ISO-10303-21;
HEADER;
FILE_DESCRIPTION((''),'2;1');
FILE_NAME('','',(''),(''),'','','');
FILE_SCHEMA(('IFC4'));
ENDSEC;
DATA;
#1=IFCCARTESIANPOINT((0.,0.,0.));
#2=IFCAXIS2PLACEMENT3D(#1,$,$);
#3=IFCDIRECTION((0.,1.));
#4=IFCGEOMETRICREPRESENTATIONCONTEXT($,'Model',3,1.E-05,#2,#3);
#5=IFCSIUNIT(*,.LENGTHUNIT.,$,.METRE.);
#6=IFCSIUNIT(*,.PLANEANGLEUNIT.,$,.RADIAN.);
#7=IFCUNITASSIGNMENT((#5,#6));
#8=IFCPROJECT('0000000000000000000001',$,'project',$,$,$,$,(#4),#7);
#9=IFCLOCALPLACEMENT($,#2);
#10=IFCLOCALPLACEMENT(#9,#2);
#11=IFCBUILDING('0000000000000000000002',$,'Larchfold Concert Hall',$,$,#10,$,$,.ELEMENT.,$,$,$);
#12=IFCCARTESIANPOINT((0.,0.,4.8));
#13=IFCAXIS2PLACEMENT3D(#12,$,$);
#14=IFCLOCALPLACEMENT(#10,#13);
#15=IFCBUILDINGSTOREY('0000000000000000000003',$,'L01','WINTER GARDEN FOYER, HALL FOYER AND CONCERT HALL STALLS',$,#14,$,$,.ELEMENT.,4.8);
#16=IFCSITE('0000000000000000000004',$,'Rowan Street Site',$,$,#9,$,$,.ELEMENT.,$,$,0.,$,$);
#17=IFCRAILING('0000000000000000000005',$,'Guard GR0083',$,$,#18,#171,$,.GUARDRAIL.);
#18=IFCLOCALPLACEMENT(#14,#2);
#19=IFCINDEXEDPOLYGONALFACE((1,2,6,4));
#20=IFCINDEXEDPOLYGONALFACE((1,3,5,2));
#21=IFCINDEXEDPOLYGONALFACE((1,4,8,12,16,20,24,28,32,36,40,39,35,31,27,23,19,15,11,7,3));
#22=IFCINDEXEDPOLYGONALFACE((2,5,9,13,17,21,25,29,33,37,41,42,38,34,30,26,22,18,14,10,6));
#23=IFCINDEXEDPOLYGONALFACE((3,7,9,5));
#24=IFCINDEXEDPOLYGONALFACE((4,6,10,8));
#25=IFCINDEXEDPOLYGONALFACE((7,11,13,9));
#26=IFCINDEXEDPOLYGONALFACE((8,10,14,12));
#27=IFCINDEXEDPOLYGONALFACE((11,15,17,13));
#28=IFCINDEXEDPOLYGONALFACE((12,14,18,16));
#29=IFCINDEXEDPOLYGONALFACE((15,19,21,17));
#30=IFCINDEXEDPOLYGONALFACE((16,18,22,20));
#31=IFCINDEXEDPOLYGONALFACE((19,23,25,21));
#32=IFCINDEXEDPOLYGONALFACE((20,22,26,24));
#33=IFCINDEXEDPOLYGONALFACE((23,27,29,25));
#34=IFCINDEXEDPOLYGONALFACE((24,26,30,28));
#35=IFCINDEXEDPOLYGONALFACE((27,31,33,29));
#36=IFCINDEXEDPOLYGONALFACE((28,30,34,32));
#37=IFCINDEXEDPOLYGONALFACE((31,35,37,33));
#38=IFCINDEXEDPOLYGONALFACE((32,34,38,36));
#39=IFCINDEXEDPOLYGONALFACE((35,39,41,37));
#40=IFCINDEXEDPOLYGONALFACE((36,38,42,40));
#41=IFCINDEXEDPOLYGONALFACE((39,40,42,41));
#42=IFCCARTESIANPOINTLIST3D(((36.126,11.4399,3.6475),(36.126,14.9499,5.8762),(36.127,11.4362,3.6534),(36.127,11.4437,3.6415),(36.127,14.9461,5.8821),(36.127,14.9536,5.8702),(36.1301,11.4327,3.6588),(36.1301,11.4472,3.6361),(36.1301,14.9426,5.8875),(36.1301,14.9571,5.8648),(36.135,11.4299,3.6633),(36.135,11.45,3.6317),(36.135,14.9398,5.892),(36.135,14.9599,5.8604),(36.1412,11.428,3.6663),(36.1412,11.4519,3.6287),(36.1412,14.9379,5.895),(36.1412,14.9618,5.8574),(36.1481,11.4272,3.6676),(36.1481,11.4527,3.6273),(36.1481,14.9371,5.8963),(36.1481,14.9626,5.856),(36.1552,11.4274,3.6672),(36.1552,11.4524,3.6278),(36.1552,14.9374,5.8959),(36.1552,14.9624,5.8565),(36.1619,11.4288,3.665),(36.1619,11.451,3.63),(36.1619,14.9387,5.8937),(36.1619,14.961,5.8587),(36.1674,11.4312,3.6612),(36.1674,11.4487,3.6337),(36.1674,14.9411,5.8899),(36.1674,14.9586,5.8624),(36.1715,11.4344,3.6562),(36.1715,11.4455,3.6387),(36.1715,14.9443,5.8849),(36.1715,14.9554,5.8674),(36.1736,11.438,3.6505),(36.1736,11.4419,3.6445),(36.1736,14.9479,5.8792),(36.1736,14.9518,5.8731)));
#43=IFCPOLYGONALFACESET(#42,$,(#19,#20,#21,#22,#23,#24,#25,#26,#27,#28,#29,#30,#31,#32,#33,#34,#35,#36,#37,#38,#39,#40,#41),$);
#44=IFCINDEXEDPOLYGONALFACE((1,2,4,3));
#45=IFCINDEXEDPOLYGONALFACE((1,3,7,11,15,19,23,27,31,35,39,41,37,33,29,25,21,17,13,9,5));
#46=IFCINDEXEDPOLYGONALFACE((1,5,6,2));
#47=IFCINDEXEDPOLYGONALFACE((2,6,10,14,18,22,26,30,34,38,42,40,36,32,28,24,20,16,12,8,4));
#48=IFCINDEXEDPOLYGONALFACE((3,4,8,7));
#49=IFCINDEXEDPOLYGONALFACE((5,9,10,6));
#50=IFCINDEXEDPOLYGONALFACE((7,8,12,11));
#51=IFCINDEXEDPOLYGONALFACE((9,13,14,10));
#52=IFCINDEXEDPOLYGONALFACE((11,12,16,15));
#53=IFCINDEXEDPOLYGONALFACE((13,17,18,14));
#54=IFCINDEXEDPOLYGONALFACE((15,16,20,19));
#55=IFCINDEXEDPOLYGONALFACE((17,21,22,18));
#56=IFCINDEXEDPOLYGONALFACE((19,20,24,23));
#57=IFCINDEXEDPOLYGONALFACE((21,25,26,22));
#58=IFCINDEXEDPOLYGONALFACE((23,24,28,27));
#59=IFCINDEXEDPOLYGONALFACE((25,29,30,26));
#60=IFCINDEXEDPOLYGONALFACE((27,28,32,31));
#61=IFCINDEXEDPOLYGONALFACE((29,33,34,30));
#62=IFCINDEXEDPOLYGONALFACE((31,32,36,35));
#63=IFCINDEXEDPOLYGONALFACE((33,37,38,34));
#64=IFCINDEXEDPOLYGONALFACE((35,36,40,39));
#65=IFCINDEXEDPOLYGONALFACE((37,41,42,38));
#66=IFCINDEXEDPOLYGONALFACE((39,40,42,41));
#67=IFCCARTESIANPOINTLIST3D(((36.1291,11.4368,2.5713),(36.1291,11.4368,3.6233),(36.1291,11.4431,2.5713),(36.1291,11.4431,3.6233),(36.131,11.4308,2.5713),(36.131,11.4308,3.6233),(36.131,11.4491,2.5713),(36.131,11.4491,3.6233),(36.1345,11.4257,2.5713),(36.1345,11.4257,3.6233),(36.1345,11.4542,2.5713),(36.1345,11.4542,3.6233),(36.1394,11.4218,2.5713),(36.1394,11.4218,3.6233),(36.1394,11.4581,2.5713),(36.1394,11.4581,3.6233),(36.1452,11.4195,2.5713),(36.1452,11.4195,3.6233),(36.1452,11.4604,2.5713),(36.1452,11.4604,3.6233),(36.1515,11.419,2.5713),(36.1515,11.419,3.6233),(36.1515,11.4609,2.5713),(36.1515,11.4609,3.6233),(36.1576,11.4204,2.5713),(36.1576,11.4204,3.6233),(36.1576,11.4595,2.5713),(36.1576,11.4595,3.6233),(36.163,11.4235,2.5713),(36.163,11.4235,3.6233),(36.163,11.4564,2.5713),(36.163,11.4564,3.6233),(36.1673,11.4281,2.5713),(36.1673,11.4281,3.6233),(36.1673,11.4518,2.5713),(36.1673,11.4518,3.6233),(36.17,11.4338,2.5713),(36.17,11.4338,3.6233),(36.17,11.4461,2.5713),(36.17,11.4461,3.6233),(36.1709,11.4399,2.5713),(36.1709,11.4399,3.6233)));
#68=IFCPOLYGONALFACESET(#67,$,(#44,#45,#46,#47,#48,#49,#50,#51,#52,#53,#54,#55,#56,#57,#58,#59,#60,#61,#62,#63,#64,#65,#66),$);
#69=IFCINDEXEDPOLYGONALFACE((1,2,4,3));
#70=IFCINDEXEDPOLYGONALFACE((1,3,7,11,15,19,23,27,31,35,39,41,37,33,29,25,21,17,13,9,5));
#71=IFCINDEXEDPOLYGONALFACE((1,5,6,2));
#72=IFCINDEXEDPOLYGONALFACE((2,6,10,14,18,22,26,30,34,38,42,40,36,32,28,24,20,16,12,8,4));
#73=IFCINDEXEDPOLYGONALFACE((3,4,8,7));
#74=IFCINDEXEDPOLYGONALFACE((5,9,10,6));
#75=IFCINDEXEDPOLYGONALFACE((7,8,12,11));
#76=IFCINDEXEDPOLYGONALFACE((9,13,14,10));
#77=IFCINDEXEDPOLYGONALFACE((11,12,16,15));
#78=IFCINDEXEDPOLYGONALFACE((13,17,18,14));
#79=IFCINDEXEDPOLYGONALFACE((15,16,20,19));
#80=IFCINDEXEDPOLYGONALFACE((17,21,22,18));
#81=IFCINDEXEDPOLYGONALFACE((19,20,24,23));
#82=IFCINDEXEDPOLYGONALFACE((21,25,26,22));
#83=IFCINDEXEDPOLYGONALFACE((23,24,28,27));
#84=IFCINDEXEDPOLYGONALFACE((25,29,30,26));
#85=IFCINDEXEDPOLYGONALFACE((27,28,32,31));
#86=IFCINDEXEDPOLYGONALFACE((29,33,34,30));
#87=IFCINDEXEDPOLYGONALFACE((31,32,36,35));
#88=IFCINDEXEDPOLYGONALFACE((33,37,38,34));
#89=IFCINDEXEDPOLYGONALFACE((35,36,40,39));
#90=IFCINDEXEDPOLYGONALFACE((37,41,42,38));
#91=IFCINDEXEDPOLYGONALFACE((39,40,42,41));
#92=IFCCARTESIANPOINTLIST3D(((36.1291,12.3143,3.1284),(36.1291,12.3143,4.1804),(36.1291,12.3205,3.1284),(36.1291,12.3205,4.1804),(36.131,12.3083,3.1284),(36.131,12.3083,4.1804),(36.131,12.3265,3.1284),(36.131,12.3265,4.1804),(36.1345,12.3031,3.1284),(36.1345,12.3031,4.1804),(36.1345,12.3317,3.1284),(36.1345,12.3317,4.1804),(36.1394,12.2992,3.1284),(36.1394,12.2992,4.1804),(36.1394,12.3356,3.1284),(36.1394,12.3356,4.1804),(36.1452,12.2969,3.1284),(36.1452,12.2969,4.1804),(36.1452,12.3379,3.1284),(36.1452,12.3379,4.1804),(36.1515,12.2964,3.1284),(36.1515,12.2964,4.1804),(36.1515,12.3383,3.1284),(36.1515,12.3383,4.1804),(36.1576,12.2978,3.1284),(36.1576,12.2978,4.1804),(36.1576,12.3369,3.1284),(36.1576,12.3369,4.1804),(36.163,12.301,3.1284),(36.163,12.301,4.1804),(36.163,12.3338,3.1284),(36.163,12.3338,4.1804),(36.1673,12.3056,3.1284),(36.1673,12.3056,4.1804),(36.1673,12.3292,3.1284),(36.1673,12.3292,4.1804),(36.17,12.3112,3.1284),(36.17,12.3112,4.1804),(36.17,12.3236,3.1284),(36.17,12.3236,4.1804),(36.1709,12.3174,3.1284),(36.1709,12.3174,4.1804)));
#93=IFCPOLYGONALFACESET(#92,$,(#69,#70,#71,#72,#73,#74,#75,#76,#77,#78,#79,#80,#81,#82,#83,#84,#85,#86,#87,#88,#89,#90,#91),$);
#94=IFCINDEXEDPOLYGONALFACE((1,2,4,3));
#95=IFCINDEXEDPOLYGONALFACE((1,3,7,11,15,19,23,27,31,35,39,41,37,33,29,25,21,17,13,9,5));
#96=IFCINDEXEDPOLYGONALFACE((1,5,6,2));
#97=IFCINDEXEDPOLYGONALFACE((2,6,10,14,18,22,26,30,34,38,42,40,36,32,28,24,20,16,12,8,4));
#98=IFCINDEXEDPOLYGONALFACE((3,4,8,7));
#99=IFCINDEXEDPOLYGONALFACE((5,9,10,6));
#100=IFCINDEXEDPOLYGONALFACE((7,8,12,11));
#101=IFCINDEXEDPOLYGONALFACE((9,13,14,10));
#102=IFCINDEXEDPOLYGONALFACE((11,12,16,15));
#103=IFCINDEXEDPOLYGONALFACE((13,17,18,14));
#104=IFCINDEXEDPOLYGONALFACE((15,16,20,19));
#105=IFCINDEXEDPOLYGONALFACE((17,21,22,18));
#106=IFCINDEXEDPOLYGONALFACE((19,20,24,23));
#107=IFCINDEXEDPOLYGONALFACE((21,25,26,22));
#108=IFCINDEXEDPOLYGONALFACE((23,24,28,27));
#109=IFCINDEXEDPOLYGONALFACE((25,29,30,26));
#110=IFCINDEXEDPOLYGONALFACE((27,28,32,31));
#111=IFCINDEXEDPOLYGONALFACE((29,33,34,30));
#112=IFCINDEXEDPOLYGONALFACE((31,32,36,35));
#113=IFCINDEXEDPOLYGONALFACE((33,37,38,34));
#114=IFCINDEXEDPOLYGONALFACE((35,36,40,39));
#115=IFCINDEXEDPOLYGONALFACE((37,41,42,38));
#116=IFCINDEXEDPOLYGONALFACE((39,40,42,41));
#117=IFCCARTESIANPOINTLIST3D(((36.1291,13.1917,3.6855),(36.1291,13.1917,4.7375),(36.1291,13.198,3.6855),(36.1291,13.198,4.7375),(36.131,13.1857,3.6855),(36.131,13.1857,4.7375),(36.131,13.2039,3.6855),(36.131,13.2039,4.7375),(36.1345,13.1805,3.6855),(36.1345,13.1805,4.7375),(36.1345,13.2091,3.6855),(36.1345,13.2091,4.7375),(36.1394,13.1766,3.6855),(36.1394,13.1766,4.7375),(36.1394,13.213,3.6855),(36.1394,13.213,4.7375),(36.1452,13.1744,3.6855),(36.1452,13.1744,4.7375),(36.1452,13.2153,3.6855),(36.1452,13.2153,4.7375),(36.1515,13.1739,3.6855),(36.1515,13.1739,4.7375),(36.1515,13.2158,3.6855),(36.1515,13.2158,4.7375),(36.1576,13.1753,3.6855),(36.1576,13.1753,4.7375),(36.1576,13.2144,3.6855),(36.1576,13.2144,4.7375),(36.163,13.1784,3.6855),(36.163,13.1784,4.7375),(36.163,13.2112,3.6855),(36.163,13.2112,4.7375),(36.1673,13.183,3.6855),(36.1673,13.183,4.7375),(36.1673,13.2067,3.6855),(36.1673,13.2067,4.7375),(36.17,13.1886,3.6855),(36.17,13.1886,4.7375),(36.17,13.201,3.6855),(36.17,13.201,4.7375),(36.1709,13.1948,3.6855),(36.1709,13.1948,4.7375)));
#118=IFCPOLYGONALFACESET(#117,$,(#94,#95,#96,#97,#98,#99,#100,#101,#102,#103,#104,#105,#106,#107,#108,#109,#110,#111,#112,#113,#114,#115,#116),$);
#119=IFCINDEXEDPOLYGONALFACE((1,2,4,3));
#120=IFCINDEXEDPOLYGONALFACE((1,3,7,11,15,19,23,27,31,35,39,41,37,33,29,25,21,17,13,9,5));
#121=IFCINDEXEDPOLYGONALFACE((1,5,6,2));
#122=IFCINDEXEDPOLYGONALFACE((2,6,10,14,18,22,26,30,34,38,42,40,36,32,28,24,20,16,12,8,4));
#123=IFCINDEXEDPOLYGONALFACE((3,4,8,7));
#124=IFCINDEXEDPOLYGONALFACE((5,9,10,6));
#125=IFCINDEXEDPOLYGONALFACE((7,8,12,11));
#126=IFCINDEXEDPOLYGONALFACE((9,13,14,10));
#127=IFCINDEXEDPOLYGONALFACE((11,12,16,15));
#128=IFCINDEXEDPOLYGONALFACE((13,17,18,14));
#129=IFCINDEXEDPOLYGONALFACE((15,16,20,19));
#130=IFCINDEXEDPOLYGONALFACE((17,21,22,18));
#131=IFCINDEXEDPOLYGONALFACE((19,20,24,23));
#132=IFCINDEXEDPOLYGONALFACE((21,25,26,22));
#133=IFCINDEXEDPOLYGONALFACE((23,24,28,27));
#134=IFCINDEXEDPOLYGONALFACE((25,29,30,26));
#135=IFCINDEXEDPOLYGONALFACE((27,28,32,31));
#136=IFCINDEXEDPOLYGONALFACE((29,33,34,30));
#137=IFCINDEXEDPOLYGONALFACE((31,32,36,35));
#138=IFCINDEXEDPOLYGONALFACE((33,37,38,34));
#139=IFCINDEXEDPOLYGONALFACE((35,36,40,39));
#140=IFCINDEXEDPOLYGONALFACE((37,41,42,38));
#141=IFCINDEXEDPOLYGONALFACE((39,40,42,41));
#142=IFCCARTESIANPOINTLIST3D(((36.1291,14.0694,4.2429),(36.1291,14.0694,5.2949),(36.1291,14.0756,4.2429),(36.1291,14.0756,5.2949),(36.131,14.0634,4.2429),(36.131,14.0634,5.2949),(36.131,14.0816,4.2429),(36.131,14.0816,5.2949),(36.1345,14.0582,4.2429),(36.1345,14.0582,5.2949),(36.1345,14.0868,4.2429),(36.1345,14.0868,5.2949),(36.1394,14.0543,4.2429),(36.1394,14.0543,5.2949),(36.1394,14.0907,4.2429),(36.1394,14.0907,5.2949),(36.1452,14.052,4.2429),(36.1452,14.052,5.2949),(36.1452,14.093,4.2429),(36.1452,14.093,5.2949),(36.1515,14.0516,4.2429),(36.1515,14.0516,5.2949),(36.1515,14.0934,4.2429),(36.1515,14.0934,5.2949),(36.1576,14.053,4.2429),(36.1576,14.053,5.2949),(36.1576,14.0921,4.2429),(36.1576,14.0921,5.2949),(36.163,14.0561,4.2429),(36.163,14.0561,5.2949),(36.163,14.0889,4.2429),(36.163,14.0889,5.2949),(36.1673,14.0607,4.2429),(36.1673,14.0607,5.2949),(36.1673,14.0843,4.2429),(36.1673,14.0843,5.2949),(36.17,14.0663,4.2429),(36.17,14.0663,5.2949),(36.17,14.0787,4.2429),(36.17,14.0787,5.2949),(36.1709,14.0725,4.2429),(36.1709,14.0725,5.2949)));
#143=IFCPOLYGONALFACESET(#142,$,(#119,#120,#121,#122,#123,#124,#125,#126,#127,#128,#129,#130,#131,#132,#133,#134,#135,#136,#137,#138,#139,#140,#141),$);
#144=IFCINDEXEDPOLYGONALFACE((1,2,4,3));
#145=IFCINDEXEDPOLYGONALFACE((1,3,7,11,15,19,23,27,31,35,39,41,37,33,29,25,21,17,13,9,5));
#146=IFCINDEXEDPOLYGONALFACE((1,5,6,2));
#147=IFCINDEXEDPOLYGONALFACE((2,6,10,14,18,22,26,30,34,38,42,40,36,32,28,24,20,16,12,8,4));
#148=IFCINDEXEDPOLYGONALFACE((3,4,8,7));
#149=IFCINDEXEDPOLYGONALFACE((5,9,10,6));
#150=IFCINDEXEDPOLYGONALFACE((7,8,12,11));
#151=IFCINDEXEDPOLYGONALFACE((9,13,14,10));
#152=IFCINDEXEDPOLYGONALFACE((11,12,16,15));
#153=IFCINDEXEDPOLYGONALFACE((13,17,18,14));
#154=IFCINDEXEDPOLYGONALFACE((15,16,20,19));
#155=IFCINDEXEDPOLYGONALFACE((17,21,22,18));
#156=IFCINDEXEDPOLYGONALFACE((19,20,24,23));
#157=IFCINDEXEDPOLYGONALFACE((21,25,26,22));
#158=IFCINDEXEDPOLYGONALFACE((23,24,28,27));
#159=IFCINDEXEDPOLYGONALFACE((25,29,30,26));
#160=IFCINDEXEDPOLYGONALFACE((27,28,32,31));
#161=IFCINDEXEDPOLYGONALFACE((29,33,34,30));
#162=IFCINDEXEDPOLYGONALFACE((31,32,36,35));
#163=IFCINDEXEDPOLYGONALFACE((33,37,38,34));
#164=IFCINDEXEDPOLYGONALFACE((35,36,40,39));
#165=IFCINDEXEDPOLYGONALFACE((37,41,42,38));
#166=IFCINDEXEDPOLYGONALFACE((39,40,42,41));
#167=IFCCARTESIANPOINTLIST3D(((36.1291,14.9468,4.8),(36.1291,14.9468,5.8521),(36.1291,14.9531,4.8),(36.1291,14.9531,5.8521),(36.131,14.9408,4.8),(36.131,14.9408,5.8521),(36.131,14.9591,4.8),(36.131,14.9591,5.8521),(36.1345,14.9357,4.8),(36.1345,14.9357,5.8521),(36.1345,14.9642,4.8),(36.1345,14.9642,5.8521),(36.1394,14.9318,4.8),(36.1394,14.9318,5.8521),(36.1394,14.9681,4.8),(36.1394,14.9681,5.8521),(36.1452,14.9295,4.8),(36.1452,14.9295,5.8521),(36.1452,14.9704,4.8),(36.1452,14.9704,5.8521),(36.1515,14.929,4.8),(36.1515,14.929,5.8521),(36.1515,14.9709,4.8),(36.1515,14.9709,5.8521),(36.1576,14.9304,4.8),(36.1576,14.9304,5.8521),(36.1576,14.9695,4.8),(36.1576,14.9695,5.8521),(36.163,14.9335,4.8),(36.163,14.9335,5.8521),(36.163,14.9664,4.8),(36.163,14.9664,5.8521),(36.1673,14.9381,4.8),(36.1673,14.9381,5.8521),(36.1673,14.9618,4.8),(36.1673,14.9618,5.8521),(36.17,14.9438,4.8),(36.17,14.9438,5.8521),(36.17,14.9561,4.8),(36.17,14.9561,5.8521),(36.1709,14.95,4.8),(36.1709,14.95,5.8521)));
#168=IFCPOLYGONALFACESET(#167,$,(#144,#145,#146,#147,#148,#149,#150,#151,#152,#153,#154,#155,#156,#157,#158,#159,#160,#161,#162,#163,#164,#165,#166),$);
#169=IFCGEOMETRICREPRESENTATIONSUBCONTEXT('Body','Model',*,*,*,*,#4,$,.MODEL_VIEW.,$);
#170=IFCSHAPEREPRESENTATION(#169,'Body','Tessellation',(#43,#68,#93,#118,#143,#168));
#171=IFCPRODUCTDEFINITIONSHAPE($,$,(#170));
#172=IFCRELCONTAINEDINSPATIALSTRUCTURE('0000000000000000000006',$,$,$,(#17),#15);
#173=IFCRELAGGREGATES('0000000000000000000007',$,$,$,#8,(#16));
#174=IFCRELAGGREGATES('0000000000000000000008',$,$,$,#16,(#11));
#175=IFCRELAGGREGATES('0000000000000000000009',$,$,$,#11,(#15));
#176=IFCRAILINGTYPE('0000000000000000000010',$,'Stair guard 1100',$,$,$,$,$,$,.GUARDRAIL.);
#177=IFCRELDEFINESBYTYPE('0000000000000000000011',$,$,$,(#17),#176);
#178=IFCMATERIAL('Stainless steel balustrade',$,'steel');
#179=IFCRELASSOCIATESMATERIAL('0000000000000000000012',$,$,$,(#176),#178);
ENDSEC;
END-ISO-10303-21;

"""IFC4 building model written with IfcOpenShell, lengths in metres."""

from ifc_helpers import new_model, si_unit, direction, frame, origin, origin_2d, place, context, subcontext, project, spatial, circle, extrude, material, type_object, element, save


model = new_model("IFC4")

# Units and contexts
model_context = context("Model", 3, precision=1e-05, world=origin(), true_north=direction((0.0, 1.0)))
body_context = subcontext(model_context, "Body", "Model", "MODEL_VIEW")
ifc_project = project(units=[si_unit("LENGTHUNIT", "METRE"), si_unit("PLANEANGLEUNIT", "RADIAN")], contexts=[model_context])

# Site, building, storey
site_placement = place(None, origin())
site = spatial("IfcSite", under=ifc_project, at=site_placement, Name="Rowan Street Site", CompositionType="ELEMENT", RefElevation=0.0)
building_placement = place(site_placement, origin())
building = spatial("IfcBuilding", under=site, at=building_placement, Name="Larchfold Concert Hall", CompositionType="ELEMENT")
storey_placement = place(building_placement, frame((0.0, 0.0, 4.8)))
storey = spatial("IfcBuildingStorey", under=building, at=storey_placement, Name="L01", Description="WINTER GARDEN FOYER, HALL FOYER AND CONCERT HALL STALLS", CompositionType="ELEMENT", Elevation=4.8)

# Railing
ifc_material_1 = material(Name="Stainless steel balustrade", Category="steel")
railing_type_1 = type_object("IfcRailingType", Name="Stair guard 1100", PredefinedType="GUARDRAIL", material=ifc_material_1)
railing_1_placement = place(storey_placement, frame((36.1499, 11.4399, 2.5713)))
element("IfcRailing", 1, at=railing_1_placement, inside=storey, type_object=railing_type_1, Name="Guard GR0083", PredefinedType="GUARDRAIL", context=body_context, shape_type="SweptSolid", body=[
    extrude(circle(Radius=0.0239, at=origin_2d()), frame((0.0, 0.0, 1.0762), z_axis=(0.0, 0.844193, 0.536039), x_axis=(-1.0, 0.0, 0.0)), (0.0, 0.0, 1.0), 4.1577),
    extrude(circle(Radius=0.021, at=origin_2d()), origin(), (0.0, 0.0, 1.0), 1.052),
    extrude(circle(Radius=0.021, at=origin_2d()), frame((0.0, 0.8774, 0.5571)), (0.0, 0.0, 1.0), 1.052),
    extrude(circle(Radius=0.021, at=origin_2d()), frame((0.0, 1.7549, 1.1143)), (0.0, 0.0, 1.0), 1.052),
    extrude(circle(Radius=0.021, at=origin_2d()), frame((0.0, 2.6326, 1.6716)), (0.0, 0.0, 1.0), 1.052),
    extrude(circle(Radius=0.021, at=origin_2d()), frame((0.0, 3.51, 2.2288)), (0.0, 0.0, 1.0), 1.052),
])

save(model, "model.ifc")
